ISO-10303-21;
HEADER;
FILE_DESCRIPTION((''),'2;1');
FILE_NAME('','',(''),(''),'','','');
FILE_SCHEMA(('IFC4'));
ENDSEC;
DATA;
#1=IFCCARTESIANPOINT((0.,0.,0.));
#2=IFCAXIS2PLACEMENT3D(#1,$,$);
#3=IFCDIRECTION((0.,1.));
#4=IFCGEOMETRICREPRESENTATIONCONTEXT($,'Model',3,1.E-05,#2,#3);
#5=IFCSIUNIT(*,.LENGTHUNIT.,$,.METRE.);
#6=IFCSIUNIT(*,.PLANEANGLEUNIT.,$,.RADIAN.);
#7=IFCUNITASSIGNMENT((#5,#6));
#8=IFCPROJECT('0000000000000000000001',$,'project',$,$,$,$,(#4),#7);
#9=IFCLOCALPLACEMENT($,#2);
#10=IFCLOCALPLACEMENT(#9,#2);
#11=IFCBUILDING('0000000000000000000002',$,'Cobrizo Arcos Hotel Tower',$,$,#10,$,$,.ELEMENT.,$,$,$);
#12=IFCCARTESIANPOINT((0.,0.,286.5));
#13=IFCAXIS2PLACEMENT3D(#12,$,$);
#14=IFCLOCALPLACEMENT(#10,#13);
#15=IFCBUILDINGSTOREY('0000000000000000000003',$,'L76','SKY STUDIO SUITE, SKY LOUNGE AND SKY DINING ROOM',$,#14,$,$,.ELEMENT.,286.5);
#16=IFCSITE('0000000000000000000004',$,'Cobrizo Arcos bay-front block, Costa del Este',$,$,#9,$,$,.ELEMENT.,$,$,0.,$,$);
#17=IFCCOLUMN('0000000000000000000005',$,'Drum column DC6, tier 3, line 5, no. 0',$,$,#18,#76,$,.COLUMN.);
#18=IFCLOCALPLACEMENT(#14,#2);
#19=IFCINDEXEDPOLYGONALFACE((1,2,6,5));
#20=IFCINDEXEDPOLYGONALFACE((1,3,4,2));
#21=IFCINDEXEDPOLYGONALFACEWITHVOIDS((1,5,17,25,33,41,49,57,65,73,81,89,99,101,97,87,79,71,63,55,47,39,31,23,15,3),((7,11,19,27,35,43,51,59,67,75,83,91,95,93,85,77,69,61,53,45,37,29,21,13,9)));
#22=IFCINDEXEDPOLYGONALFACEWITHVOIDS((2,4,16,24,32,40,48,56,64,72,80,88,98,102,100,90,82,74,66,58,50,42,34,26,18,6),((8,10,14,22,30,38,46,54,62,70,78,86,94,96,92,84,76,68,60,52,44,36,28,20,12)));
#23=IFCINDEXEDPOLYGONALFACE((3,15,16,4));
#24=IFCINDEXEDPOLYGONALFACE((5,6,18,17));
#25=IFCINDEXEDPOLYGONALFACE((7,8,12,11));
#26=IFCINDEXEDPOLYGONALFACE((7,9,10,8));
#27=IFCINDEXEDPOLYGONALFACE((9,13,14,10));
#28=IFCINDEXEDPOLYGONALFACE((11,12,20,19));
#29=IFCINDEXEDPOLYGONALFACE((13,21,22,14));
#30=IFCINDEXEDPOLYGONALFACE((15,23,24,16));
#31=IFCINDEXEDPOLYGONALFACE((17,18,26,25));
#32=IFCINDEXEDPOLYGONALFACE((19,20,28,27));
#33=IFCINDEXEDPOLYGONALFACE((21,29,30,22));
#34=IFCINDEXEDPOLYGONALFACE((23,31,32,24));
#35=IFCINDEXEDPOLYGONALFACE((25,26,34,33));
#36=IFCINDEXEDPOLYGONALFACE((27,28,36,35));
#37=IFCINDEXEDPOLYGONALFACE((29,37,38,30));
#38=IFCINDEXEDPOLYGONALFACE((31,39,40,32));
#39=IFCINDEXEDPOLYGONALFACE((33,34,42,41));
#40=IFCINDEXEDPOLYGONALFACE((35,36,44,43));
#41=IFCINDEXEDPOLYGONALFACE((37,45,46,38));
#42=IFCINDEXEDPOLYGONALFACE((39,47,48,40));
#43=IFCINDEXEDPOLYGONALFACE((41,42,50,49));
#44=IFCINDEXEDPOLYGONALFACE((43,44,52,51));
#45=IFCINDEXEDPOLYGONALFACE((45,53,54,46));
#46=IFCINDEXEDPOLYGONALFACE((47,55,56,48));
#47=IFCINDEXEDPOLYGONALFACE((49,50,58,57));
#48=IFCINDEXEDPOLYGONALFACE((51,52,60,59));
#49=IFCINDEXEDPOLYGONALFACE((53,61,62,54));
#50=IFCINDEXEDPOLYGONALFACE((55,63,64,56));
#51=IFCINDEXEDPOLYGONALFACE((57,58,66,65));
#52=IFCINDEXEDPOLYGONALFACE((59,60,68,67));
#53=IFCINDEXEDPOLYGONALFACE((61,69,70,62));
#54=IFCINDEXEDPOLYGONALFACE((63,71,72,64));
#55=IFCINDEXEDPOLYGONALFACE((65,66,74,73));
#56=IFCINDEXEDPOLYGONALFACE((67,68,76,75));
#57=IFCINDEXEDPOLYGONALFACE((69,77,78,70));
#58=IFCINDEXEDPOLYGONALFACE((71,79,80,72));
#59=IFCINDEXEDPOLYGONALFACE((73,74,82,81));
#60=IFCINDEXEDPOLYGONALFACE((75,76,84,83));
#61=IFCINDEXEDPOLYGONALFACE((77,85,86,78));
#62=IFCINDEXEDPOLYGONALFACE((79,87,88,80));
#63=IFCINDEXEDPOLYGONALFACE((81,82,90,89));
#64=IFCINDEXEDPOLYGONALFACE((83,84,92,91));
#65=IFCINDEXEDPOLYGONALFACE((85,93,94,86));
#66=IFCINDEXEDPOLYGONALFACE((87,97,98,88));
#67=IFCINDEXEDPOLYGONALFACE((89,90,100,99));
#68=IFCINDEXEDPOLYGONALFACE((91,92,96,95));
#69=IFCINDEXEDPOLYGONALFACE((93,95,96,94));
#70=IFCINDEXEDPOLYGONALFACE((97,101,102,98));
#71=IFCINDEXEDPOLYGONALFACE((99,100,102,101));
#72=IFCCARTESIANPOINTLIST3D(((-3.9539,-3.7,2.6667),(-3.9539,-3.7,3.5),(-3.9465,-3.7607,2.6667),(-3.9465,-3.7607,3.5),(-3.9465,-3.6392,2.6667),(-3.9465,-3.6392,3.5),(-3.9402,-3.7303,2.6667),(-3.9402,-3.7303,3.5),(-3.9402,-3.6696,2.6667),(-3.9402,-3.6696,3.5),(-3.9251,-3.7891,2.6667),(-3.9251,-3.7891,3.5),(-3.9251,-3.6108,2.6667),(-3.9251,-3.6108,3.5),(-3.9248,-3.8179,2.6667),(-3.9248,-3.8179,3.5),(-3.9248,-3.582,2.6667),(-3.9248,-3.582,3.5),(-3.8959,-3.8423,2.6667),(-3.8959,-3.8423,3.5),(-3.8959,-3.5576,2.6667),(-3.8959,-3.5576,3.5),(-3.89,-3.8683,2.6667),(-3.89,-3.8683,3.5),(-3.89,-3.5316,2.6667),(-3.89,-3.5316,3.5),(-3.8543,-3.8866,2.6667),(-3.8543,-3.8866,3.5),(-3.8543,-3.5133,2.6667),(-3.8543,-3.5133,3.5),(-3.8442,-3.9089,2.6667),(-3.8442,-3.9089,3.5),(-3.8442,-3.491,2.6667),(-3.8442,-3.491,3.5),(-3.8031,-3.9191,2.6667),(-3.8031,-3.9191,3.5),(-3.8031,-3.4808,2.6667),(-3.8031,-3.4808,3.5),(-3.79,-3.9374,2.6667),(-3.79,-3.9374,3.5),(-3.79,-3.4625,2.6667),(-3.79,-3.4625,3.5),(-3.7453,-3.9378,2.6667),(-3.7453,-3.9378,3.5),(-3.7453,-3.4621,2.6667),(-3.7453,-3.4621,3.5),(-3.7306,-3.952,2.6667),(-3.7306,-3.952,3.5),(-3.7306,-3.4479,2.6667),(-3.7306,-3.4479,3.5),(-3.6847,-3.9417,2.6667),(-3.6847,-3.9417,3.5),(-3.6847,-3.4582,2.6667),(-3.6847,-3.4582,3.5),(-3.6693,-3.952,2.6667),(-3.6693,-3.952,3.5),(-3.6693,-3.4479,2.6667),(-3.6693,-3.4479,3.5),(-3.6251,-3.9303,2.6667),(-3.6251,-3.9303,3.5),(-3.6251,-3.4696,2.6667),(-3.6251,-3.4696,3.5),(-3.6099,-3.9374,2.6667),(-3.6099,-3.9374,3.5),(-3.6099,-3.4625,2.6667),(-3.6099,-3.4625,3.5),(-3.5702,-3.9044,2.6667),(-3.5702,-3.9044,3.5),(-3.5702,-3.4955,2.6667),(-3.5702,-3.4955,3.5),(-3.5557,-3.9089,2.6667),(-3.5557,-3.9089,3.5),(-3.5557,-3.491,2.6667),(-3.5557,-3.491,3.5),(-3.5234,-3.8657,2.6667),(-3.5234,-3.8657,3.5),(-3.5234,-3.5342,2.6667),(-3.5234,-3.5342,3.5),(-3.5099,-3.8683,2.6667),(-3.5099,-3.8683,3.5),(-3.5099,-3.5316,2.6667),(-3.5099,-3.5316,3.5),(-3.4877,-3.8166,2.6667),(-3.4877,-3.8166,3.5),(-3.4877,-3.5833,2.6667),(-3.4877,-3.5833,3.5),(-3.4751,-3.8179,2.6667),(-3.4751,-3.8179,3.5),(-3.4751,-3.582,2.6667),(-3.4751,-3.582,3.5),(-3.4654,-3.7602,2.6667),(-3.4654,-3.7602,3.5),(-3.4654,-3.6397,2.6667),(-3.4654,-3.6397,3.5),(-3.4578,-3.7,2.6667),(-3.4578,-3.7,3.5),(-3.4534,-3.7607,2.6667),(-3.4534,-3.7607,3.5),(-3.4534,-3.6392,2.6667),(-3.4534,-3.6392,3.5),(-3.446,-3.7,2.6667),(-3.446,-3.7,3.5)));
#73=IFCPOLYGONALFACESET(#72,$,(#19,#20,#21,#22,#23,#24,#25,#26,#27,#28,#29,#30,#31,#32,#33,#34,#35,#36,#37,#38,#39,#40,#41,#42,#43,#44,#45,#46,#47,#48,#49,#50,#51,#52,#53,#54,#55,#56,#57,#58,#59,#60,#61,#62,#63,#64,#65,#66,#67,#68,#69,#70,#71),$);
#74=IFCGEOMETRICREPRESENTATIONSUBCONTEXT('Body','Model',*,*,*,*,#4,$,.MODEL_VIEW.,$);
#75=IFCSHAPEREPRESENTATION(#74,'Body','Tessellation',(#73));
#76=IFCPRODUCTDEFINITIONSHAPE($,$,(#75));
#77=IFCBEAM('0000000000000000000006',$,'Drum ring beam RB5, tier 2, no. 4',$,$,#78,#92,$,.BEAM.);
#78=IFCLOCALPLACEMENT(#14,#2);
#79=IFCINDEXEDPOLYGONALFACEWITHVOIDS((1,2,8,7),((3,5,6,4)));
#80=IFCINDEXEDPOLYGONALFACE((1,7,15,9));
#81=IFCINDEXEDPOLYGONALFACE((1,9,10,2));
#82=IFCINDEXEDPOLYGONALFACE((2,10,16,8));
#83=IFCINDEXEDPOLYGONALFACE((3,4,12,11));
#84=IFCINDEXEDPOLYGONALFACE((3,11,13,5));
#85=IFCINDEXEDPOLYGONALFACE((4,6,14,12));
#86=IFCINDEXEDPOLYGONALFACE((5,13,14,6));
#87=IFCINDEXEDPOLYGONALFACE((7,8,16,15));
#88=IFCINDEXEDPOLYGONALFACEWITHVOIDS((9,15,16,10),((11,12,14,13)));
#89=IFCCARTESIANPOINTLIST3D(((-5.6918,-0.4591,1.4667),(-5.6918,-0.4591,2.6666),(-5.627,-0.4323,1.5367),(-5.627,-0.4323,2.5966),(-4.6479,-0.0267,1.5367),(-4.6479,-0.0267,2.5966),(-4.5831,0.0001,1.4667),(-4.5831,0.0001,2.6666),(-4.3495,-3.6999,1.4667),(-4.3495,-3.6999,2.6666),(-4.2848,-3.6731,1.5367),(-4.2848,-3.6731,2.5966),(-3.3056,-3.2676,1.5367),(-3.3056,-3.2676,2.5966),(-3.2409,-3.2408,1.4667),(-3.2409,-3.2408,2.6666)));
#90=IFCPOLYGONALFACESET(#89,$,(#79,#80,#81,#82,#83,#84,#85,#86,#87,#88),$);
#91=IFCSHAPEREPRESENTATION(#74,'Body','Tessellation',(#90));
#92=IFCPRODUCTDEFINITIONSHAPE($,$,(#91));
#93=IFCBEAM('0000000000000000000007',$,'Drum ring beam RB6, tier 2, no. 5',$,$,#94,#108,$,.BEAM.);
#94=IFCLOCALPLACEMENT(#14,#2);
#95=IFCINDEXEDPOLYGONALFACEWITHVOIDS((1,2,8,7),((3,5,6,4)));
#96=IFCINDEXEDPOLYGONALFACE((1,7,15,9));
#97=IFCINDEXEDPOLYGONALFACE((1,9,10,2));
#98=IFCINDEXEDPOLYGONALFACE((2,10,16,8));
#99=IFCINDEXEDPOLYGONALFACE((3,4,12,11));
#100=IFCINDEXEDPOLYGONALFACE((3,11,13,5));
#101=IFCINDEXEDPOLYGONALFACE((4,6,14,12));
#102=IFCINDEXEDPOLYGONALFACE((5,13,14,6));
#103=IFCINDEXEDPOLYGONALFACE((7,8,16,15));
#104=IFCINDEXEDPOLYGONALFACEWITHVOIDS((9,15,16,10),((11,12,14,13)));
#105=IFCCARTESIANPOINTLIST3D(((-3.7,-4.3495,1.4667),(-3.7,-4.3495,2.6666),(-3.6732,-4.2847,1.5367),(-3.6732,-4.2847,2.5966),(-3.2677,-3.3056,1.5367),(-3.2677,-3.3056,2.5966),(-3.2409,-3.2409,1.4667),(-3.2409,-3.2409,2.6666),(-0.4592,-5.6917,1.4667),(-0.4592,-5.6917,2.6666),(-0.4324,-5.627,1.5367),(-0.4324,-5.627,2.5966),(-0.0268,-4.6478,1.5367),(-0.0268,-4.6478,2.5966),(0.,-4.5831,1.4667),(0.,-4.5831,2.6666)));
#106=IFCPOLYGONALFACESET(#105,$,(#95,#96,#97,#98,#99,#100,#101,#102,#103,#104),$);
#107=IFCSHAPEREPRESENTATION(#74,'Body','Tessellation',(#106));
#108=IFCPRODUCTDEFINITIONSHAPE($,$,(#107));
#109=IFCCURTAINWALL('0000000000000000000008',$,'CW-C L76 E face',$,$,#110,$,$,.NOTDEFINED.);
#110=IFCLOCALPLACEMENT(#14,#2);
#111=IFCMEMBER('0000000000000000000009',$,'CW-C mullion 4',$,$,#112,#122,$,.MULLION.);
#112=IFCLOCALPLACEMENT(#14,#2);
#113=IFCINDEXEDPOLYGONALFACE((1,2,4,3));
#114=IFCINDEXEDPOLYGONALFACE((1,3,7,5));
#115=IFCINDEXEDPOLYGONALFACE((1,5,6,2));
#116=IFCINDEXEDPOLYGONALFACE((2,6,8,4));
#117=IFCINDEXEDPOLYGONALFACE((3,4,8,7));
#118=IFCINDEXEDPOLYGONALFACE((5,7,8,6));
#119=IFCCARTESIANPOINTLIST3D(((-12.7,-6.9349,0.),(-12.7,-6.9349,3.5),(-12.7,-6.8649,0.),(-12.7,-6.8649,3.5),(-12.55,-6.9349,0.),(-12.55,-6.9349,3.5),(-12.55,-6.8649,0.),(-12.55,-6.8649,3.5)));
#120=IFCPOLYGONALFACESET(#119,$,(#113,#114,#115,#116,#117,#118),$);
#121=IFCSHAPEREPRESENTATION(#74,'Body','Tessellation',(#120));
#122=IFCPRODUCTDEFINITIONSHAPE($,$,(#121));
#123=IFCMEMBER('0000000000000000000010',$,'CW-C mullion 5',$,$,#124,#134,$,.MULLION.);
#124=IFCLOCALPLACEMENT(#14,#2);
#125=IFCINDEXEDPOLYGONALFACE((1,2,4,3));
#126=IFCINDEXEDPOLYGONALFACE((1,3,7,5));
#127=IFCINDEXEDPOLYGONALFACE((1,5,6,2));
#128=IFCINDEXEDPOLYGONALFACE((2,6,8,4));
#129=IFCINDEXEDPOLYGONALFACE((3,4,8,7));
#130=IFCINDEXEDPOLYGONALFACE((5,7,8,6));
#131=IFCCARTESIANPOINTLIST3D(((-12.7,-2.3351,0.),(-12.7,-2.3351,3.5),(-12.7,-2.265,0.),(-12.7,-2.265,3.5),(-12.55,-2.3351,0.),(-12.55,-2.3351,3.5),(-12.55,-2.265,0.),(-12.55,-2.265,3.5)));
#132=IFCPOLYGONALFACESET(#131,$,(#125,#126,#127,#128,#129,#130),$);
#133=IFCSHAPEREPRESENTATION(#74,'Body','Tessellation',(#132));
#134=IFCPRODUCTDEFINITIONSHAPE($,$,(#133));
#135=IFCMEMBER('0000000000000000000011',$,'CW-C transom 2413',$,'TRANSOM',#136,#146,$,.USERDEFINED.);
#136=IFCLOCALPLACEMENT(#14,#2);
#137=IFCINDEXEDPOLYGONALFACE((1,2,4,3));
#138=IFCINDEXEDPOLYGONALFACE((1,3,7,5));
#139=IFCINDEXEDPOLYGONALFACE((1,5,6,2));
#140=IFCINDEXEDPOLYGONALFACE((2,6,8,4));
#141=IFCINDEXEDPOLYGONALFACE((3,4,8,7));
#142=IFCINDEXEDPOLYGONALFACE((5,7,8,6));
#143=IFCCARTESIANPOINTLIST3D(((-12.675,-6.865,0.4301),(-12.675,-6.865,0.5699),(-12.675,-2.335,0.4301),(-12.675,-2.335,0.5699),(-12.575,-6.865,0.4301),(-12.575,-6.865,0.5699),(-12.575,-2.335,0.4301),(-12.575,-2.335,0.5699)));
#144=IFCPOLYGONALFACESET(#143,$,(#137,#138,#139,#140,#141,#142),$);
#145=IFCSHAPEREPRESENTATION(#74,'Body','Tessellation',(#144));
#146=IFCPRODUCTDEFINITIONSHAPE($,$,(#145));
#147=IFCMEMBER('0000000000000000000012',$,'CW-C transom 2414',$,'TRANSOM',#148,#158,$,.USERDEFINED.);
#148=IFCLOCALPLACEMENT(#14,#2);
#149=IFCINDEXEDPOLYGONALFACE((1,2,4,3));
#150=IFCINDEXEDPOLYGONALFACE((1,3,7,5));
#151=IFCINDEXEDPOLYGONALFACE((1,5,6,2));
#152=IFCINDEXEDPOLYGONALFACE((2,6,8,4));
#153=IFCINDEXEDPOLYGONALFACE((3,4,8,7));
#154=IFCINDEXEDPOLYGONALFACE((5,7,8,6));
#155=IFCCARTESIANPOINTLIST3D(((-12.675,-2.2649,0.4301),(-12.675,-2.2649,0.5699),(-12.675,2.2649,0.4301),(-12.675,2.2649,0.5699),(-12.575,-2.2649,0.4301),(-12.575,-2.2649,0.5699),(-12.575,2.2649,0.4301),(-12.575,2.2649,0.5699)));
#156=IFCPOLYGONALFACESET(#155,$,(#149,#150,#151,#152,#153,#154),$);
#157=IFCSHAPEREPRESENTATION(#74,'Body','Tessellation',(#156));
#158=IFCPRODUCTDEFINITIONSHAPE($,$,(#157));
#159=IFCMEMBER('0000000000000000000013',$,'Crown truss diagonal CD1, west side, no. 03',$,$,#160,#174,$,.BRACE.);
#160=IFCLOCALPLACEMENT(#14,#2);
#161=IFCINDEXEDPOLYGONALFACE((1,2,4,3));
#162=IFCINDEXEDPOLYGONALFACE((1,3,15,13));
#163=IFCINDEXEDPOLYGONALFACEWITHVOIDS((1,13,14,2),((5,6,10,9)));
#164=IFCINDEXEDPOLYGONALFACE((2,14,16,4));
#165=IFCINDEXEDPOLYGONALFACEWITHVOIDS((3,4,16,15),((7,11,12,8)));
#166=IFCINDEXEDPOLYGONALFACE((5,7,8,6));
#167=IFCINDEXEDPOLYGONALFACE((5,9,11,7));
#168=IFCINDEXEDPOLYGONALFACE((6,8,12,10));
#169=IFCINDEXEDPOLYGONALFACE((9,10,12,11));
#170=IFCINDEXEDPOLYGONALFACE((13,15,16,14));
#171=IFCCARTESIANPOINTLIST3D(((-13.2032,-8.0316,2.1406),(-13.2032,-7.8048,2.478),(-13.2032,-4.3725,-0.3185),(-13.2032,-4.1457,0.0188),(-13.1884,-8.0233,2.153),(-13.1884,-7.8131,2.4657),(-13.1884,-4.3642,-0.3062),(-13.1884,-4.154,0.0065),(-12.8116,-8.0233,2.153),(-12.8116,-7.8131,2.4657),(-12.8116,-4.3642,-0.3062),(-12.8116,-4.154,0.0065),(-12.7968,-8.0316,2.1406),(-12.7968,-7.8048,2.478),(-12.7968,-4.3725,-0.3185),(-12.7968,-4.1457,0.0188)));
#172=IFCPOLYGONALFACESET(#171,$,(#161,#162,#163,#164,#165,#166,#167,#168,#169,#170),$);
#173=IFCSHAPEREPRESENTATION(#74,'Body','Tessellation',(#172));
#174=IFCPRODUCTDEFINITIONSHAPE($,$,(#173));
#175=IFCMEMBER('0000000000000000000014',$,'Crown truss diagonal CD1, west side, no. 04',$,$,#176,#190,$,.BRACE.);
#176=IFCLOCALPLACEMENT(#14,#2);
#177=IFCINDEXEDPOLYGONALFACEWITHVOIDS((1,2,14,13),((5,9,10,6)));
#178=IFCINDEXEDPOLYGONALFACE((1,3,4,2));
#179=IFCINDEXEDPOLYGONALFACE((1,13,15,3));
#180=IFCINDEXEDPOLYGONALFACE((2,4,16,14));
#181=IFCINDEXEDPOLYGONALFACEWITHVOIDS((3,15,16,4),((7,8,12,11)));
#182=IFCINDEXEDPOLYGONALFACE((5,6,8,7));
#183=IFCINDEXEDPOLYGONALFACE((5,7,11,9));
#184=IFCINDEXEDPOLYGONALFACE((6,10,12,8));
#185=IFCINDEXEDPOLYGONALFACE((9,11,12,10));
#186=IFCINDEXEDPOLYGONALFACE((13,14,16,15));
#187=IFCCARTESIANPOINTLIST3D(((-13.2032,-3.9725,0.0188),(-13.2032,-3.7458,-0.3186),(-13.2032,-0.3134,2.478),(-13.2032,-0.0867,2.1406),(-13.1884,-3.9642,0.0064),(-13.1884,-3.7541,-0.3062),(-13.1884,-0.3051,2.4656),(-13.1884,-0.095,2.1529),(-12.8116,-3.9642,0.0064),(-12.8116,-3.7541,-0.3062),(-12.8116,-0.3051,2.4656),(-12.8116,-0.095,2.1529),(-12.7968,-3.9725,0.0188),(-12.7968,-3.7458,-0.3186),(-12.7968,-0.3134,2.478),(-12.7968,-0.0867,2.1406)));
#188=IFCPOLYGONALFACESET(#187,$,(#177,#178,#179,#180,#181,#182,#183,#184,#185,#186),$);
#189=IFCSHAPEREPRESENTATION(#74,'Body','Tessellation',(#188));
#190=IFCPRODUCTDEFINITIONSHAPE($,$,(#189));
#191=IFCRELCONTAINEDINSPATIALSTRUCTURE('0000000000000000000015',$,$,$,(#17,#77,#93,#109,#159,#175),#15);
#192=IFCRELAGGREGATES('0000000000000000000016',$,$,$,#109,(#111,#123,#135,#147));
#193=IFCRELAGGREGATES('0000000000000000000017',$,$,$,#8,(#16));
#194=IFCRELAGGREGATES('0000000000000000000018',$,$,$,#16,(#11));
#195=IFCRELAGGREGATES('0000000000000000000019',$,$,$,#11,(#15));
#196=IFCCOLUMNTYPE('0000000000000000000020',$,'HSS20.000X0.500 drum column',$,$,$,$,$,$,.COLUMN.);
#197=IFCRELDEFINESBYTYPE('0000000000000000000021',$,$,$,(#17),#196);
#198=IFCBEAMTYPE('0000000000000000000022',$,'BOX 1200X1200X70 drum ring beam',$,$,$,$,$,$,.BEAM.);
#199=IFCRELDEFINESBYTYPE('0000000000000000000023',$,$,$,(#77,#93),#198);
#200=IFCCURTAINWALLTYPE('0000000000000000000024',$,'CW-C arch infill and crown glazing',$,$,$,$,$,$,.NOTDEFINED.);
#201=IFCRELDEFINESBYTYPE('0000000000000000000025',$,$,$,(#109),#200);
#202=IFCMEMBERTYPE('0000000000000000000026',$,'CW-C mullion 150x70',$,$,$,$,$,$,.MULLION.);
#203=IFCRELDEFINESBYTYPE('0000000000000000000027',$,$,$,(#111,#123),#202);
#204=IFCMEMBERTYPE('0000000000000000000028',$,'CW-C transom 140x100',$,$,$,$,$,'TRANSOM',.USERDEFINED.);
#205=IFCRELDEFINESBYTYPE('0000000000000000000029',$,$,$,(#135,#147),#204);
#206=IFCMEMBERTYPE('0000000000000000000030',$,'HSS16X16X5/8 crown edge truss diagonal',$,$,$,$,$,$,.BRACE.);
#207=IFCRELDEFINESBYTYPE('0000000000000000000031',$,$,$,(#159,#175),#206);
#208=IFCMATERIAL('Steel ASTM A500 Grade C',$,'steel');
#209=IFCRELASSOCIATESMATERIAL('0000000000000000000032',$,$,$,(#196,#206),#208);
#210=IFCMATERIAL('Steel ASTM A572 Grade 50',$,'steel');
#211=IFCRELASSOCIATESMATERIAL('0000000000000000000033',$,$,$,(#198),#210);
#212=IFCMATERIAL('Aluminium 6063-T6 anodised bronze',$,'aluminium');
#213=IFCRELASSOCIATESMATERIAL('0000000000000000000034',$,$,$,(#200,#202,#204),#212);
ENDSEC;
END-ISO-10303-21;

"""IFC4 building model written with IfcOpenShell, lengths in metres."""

from ifc_helpers import new_model, si_unit, direction, frame, origin, origin_2d, place, context, subcontext, project, spatial, rectangle, hollow_rectangle, hollow_circle, extrude, material, material_profile, profile_set, type_object, element, aggregate, save


model = new_model("IFC4")

# Units and contexts
model_context = context("Model", 3, precision=1e-05, world=origin(), true_north=direction((0.0, 1.0)))
body_context = subcontext(model_context, "Body", "Model", "MODEL_VIEW")
ifc_project = project(units=[si_unit("LENGTHUNIT", "METRE"), si_unit("PLANEANGLEUNIT", "RADIAN")], contexts=[model_context])

# Site, building, storey
site_placement = place(None, origin())
site = spatial("IfcSite", under=ifc_project, at=site_placement, Name="Cobrizo Arcos bay-front block, Costa del Este", CompositionType="ELEMENT", RefElevation=0.0)
building_placement = place(site_placement, origin())
building = spatial("IfcBuilding", under=site, at=building_placement, Name="Cobrizo Arcos Hotel Tower", CompositionType="ELEMENT")
storey_placement = place(building_placement, frame((0.0, 0.0, 286.5)))
storey = spatial("IfcBuildingStorey", under=building, at=storey_placement, Name="L76", Description="SKY STUDIO SUITE, SKY LOUNGE AND SKY DINING ROOM", CompositionType="ELEMENT", Elevation=286.5)

# Column
ifc_material_1 = material(Name="Steel ASTM A500 Grade C", Category="steel")
ifc_material_profile_1 = material_profile(ifc_material_1, hollow_circle(Radius=0.2539, WallThickness=0.0117, at=origin_2d()), Name="HSS20.000X0.500")
ifc_profile_set_1 = profile_set([ifc_material_profile_1], Name="Steel ASTM A500 Grade C")
column_type = type_object("IfcColumnType", Name="HSS20.000X0.500 drum column", PredefinedType="COLUMN", material=ifc_profile_set_1)
column_placement = place(storey_placement, frame((-3.7, -3.7, 2.6667), z_axis=(0.0, 0.0, 1.0), x_axis=(1.0, 0.0, 0.0)))
element("IfcColumn", 1, at=column_placement, inside=storey, type_object=column_type, Name="Drum column DC6, tier 3, line 5, no. 0", PredefinedType="COLUMN", context=body_context, shape_type="SweptSolid", body=[
    extrude(hollow_circle(Radius=0.2539, WallThickness=0.0117, at=origin_2d()), origin(), (0.0, 0.0, 1.0), 0.8333),
])

# Beams
ifc_material_2 = material(Name="Steel ASTM A572 Grade 50", Category="steel")
ifc_material_profile_2 = material_profile(ifc_material_2, hollow_rectangle(XDim=1.2, YDim=1.2, WallThickness=0.0701, at=origin_2d()), Name="BOX 1200X1200X70")
ifc_profile_set_2 = profile_set([ifc_material_profile_2], Name="Steel ASTM A572 Grade 50")
beam_type = type_object("IfcBeamType", Name="BOX 1200X1200X70 drum ring beam", PredefinedType="BEAM", material=ifc_profile_set_2)
for number, where, z_axis, x_axis, name in (
    (2, (-5.1375, -0.2295, 2.0667), (0.382643, -0.923896, 0.0), (0.923896, 0.382643, 0.0), "Drum ring beam RB5, tier 2, no. 4"),
    (3, (-3.4705, -3.7952, 2.0667), (0.923896, -0.382643, 0.0), (0.382643, 0.923896, 0.0), "Drum ring beam RB6, tier 2, no. 5"),
):
    element("IfcBeam", number, at=place(storey_placement, frame(where, z_axis=z_axis, x_axis=x_axis)), inside=storey, type_object=beam_type, Name=name, PredefinedType="BEAM", context=body_context, shape_type="SweptSolid", body=[
        extrude(hollow_rectangle(XDim=1.2, YDim=1.2, WallThickness=0.0701, at=origin_2d()), origin(), (0.0, 0.0, 1.0), 3.5078),
    ])

# Curtain wall, members
ifc_material_3 = material(Name="Aluminium 6063-T6 anodised bronze", Category="aluminium")
curtain_wall_type = type_object("IfcCurtainWallType", Name="CW-C arch infill and crown glazing", PredefinedType="NOTDEFINED", material=ifc_material_3)
curtain_wall_placement = place(storey_placement, origin())
curtain_wall = element("IfcCurtainWall", 4, at=curtain_wall_placement, inside=storey, type_object=curtain_wall_type, Name="CW-C L76 E face", PredefinedType="NOTDEFINED")
ifc_material_profile_3 = material_profile(ifc_material_3, rectangle(XDim=0.1499, YDim=0.0701, at=origin_2d()), Name="CW-C mullion 150x70")
ifc_profile_set_3 = profile_set([ifc_material_profile_3], Name="Aluminium 6063-T6 anodised bronze")
member_type_1 = type_object("IfcMemberType", Name="CW-C mullion 150x70", PredefinedType="MULLION", material=ifc_profile_set_3)
member_1_placement = place(storey_placement, frame((-12.625, -6.8999, 0.0), z_axis=(0.0, 0.0, 1.0), x_axis=(1.0, 0.0, 0.0)))
member_1 = element("IfcMember", 5, at=member_1_placement, type_object=member_type_1, Name="CW-C mullion 4", PredefinedType="MULLION", context=body_context, shape_type="SweptSolid", body=[
    extrude(rectangle(XDim=0.1499, YDim=0.0701, at=origin_2d()), origin(), (0.0, 0.0, 1.0), 3.5),
])
member_2_placement = place(storey_placement, frame((-12.625, -2.3, 0.0), z_axis=(0.0, 0.0, 1.0), x_axis=(1.0, 0.0, 0.0)))
member_2 = element("IfcMember", 6, at=member_2_placement, type_object=member_type_1, Name="CW-C mullion 5", PredefinedType="MULLION", context=body_context, shape_type="SweptSolid", body=[
    extrude(rectangle(XDim=0.1499, YDim=0.0701, at=origin_2d()), origin(), (0.0, 0.0, 1.0), 3.5),
])
ifc_material_profile_4 = material_profile(ifc_material_3, rectangle(XDim=0.1001, YDim=0.1399, at=origin_2d()), Name="CW-C transom 140x100")
ifc_profile_set_4 = profile_set([ifc_material_profile_4], Name="Aluminium 6063-T6 anodised bronze")
member_type_2 = type_object("IfcMemberType", Name="CW-C transom 140x100", ElementType="TRANSOM", PredefinedType="USERDEFINED", material=ifc_profile_set_4)
member_3_placement = place(storey_placement, frame((-12.625, -6.865, 0.5), z_axis=(0.0, 1.0, 0.0), x_axis=(-1.0, 0.0, 0.0)))
member_3 = element("IfcMember", 7, at=member_3_placement, type_object=member_type_2, Name="CW-C transom 2413", ObjectType="TRANSOM", PredefinedType="USERDEFINED", context=body_context, shape_type="SweptSolid", body=[
    extrude(rectangle(XDim=0.1001, YDim=0.1399, at=origin_2d()), origin(), (0.0, 0.0, 1.0), 4.53),
])
member_4_placement = place(storey_placement, frame((-12.625, -2.2649, 0.5), z_axis=(0.0, 1.0, 0.0), x_axis=(-1.0, 0.0, 0.0)))
member_4 = element("IfcMember", 8, at=member_4_placement, type_object=member_type_2, Name="CW-C transom 2414", ObjectType="TRANSOM", PredefinedType="USERDEFINED", context=body_context, shape_type="SweptSolid", body=[
    extrude(rectangle(XDim=0.1001, YDim=0.1399, at=origin_2d()), origin(), (0.0, 0.0, 1.0), 4.5298),
])

# Members
ifc_material_profile_5 = material_profile(ifc_material_1, hollow_rectangle(XDim=0.4065, YDim=0.4065, WallThickness=0.0149, at=origin_2d()), Name="HSS16X16X5/8")
ifc_profile_set_5 = profile_set([ifc_material_profile_5], Name="Steel ASTM A500 Grade C")
member_type_3 = type_object("IfcMemberType", Name="HSS16X16X5/8 crown edge truss diagonal", PredefinedType="BRACE", material=ifc_profile_set_5)
for number, where, z_axis, x_axis, name in (
    (9, (-13.0, -7.9182, 2.3093), (0.0, 0.829974, -0.557802), (-1.0, 0.0, 0.0), "Crown truss diagonal CD1, west side, no. 03"),
    (10, (-13.0, -3.8591, -0.1499), (0.0, 0.829974, 0.557802), (-1.0, 0.0, 0.0), "Crown truss diagonal CD1, west side, no. 04"),
):
    element("IfcMember", number, at=place(storey_placement, frame(where, z_axis=z_axis, x_axis=x_axis)), inside=storey, type_object=member_type_3, Name=name, PredefinedType="BRACE", context=body_context, shape_type="SweptSolid", body=[
        extrude(hollow_rectangle(XDim=0.4065, YDim=0.4065, WallThickness=0.0149, at=origin_2d()), origin(), (0.0, 0.0, 1.0), 4.4087),
    ])

aggregate(curtain_wall, [member_1, member_2, member_3, member_4])

save(model, "model.ifc")
